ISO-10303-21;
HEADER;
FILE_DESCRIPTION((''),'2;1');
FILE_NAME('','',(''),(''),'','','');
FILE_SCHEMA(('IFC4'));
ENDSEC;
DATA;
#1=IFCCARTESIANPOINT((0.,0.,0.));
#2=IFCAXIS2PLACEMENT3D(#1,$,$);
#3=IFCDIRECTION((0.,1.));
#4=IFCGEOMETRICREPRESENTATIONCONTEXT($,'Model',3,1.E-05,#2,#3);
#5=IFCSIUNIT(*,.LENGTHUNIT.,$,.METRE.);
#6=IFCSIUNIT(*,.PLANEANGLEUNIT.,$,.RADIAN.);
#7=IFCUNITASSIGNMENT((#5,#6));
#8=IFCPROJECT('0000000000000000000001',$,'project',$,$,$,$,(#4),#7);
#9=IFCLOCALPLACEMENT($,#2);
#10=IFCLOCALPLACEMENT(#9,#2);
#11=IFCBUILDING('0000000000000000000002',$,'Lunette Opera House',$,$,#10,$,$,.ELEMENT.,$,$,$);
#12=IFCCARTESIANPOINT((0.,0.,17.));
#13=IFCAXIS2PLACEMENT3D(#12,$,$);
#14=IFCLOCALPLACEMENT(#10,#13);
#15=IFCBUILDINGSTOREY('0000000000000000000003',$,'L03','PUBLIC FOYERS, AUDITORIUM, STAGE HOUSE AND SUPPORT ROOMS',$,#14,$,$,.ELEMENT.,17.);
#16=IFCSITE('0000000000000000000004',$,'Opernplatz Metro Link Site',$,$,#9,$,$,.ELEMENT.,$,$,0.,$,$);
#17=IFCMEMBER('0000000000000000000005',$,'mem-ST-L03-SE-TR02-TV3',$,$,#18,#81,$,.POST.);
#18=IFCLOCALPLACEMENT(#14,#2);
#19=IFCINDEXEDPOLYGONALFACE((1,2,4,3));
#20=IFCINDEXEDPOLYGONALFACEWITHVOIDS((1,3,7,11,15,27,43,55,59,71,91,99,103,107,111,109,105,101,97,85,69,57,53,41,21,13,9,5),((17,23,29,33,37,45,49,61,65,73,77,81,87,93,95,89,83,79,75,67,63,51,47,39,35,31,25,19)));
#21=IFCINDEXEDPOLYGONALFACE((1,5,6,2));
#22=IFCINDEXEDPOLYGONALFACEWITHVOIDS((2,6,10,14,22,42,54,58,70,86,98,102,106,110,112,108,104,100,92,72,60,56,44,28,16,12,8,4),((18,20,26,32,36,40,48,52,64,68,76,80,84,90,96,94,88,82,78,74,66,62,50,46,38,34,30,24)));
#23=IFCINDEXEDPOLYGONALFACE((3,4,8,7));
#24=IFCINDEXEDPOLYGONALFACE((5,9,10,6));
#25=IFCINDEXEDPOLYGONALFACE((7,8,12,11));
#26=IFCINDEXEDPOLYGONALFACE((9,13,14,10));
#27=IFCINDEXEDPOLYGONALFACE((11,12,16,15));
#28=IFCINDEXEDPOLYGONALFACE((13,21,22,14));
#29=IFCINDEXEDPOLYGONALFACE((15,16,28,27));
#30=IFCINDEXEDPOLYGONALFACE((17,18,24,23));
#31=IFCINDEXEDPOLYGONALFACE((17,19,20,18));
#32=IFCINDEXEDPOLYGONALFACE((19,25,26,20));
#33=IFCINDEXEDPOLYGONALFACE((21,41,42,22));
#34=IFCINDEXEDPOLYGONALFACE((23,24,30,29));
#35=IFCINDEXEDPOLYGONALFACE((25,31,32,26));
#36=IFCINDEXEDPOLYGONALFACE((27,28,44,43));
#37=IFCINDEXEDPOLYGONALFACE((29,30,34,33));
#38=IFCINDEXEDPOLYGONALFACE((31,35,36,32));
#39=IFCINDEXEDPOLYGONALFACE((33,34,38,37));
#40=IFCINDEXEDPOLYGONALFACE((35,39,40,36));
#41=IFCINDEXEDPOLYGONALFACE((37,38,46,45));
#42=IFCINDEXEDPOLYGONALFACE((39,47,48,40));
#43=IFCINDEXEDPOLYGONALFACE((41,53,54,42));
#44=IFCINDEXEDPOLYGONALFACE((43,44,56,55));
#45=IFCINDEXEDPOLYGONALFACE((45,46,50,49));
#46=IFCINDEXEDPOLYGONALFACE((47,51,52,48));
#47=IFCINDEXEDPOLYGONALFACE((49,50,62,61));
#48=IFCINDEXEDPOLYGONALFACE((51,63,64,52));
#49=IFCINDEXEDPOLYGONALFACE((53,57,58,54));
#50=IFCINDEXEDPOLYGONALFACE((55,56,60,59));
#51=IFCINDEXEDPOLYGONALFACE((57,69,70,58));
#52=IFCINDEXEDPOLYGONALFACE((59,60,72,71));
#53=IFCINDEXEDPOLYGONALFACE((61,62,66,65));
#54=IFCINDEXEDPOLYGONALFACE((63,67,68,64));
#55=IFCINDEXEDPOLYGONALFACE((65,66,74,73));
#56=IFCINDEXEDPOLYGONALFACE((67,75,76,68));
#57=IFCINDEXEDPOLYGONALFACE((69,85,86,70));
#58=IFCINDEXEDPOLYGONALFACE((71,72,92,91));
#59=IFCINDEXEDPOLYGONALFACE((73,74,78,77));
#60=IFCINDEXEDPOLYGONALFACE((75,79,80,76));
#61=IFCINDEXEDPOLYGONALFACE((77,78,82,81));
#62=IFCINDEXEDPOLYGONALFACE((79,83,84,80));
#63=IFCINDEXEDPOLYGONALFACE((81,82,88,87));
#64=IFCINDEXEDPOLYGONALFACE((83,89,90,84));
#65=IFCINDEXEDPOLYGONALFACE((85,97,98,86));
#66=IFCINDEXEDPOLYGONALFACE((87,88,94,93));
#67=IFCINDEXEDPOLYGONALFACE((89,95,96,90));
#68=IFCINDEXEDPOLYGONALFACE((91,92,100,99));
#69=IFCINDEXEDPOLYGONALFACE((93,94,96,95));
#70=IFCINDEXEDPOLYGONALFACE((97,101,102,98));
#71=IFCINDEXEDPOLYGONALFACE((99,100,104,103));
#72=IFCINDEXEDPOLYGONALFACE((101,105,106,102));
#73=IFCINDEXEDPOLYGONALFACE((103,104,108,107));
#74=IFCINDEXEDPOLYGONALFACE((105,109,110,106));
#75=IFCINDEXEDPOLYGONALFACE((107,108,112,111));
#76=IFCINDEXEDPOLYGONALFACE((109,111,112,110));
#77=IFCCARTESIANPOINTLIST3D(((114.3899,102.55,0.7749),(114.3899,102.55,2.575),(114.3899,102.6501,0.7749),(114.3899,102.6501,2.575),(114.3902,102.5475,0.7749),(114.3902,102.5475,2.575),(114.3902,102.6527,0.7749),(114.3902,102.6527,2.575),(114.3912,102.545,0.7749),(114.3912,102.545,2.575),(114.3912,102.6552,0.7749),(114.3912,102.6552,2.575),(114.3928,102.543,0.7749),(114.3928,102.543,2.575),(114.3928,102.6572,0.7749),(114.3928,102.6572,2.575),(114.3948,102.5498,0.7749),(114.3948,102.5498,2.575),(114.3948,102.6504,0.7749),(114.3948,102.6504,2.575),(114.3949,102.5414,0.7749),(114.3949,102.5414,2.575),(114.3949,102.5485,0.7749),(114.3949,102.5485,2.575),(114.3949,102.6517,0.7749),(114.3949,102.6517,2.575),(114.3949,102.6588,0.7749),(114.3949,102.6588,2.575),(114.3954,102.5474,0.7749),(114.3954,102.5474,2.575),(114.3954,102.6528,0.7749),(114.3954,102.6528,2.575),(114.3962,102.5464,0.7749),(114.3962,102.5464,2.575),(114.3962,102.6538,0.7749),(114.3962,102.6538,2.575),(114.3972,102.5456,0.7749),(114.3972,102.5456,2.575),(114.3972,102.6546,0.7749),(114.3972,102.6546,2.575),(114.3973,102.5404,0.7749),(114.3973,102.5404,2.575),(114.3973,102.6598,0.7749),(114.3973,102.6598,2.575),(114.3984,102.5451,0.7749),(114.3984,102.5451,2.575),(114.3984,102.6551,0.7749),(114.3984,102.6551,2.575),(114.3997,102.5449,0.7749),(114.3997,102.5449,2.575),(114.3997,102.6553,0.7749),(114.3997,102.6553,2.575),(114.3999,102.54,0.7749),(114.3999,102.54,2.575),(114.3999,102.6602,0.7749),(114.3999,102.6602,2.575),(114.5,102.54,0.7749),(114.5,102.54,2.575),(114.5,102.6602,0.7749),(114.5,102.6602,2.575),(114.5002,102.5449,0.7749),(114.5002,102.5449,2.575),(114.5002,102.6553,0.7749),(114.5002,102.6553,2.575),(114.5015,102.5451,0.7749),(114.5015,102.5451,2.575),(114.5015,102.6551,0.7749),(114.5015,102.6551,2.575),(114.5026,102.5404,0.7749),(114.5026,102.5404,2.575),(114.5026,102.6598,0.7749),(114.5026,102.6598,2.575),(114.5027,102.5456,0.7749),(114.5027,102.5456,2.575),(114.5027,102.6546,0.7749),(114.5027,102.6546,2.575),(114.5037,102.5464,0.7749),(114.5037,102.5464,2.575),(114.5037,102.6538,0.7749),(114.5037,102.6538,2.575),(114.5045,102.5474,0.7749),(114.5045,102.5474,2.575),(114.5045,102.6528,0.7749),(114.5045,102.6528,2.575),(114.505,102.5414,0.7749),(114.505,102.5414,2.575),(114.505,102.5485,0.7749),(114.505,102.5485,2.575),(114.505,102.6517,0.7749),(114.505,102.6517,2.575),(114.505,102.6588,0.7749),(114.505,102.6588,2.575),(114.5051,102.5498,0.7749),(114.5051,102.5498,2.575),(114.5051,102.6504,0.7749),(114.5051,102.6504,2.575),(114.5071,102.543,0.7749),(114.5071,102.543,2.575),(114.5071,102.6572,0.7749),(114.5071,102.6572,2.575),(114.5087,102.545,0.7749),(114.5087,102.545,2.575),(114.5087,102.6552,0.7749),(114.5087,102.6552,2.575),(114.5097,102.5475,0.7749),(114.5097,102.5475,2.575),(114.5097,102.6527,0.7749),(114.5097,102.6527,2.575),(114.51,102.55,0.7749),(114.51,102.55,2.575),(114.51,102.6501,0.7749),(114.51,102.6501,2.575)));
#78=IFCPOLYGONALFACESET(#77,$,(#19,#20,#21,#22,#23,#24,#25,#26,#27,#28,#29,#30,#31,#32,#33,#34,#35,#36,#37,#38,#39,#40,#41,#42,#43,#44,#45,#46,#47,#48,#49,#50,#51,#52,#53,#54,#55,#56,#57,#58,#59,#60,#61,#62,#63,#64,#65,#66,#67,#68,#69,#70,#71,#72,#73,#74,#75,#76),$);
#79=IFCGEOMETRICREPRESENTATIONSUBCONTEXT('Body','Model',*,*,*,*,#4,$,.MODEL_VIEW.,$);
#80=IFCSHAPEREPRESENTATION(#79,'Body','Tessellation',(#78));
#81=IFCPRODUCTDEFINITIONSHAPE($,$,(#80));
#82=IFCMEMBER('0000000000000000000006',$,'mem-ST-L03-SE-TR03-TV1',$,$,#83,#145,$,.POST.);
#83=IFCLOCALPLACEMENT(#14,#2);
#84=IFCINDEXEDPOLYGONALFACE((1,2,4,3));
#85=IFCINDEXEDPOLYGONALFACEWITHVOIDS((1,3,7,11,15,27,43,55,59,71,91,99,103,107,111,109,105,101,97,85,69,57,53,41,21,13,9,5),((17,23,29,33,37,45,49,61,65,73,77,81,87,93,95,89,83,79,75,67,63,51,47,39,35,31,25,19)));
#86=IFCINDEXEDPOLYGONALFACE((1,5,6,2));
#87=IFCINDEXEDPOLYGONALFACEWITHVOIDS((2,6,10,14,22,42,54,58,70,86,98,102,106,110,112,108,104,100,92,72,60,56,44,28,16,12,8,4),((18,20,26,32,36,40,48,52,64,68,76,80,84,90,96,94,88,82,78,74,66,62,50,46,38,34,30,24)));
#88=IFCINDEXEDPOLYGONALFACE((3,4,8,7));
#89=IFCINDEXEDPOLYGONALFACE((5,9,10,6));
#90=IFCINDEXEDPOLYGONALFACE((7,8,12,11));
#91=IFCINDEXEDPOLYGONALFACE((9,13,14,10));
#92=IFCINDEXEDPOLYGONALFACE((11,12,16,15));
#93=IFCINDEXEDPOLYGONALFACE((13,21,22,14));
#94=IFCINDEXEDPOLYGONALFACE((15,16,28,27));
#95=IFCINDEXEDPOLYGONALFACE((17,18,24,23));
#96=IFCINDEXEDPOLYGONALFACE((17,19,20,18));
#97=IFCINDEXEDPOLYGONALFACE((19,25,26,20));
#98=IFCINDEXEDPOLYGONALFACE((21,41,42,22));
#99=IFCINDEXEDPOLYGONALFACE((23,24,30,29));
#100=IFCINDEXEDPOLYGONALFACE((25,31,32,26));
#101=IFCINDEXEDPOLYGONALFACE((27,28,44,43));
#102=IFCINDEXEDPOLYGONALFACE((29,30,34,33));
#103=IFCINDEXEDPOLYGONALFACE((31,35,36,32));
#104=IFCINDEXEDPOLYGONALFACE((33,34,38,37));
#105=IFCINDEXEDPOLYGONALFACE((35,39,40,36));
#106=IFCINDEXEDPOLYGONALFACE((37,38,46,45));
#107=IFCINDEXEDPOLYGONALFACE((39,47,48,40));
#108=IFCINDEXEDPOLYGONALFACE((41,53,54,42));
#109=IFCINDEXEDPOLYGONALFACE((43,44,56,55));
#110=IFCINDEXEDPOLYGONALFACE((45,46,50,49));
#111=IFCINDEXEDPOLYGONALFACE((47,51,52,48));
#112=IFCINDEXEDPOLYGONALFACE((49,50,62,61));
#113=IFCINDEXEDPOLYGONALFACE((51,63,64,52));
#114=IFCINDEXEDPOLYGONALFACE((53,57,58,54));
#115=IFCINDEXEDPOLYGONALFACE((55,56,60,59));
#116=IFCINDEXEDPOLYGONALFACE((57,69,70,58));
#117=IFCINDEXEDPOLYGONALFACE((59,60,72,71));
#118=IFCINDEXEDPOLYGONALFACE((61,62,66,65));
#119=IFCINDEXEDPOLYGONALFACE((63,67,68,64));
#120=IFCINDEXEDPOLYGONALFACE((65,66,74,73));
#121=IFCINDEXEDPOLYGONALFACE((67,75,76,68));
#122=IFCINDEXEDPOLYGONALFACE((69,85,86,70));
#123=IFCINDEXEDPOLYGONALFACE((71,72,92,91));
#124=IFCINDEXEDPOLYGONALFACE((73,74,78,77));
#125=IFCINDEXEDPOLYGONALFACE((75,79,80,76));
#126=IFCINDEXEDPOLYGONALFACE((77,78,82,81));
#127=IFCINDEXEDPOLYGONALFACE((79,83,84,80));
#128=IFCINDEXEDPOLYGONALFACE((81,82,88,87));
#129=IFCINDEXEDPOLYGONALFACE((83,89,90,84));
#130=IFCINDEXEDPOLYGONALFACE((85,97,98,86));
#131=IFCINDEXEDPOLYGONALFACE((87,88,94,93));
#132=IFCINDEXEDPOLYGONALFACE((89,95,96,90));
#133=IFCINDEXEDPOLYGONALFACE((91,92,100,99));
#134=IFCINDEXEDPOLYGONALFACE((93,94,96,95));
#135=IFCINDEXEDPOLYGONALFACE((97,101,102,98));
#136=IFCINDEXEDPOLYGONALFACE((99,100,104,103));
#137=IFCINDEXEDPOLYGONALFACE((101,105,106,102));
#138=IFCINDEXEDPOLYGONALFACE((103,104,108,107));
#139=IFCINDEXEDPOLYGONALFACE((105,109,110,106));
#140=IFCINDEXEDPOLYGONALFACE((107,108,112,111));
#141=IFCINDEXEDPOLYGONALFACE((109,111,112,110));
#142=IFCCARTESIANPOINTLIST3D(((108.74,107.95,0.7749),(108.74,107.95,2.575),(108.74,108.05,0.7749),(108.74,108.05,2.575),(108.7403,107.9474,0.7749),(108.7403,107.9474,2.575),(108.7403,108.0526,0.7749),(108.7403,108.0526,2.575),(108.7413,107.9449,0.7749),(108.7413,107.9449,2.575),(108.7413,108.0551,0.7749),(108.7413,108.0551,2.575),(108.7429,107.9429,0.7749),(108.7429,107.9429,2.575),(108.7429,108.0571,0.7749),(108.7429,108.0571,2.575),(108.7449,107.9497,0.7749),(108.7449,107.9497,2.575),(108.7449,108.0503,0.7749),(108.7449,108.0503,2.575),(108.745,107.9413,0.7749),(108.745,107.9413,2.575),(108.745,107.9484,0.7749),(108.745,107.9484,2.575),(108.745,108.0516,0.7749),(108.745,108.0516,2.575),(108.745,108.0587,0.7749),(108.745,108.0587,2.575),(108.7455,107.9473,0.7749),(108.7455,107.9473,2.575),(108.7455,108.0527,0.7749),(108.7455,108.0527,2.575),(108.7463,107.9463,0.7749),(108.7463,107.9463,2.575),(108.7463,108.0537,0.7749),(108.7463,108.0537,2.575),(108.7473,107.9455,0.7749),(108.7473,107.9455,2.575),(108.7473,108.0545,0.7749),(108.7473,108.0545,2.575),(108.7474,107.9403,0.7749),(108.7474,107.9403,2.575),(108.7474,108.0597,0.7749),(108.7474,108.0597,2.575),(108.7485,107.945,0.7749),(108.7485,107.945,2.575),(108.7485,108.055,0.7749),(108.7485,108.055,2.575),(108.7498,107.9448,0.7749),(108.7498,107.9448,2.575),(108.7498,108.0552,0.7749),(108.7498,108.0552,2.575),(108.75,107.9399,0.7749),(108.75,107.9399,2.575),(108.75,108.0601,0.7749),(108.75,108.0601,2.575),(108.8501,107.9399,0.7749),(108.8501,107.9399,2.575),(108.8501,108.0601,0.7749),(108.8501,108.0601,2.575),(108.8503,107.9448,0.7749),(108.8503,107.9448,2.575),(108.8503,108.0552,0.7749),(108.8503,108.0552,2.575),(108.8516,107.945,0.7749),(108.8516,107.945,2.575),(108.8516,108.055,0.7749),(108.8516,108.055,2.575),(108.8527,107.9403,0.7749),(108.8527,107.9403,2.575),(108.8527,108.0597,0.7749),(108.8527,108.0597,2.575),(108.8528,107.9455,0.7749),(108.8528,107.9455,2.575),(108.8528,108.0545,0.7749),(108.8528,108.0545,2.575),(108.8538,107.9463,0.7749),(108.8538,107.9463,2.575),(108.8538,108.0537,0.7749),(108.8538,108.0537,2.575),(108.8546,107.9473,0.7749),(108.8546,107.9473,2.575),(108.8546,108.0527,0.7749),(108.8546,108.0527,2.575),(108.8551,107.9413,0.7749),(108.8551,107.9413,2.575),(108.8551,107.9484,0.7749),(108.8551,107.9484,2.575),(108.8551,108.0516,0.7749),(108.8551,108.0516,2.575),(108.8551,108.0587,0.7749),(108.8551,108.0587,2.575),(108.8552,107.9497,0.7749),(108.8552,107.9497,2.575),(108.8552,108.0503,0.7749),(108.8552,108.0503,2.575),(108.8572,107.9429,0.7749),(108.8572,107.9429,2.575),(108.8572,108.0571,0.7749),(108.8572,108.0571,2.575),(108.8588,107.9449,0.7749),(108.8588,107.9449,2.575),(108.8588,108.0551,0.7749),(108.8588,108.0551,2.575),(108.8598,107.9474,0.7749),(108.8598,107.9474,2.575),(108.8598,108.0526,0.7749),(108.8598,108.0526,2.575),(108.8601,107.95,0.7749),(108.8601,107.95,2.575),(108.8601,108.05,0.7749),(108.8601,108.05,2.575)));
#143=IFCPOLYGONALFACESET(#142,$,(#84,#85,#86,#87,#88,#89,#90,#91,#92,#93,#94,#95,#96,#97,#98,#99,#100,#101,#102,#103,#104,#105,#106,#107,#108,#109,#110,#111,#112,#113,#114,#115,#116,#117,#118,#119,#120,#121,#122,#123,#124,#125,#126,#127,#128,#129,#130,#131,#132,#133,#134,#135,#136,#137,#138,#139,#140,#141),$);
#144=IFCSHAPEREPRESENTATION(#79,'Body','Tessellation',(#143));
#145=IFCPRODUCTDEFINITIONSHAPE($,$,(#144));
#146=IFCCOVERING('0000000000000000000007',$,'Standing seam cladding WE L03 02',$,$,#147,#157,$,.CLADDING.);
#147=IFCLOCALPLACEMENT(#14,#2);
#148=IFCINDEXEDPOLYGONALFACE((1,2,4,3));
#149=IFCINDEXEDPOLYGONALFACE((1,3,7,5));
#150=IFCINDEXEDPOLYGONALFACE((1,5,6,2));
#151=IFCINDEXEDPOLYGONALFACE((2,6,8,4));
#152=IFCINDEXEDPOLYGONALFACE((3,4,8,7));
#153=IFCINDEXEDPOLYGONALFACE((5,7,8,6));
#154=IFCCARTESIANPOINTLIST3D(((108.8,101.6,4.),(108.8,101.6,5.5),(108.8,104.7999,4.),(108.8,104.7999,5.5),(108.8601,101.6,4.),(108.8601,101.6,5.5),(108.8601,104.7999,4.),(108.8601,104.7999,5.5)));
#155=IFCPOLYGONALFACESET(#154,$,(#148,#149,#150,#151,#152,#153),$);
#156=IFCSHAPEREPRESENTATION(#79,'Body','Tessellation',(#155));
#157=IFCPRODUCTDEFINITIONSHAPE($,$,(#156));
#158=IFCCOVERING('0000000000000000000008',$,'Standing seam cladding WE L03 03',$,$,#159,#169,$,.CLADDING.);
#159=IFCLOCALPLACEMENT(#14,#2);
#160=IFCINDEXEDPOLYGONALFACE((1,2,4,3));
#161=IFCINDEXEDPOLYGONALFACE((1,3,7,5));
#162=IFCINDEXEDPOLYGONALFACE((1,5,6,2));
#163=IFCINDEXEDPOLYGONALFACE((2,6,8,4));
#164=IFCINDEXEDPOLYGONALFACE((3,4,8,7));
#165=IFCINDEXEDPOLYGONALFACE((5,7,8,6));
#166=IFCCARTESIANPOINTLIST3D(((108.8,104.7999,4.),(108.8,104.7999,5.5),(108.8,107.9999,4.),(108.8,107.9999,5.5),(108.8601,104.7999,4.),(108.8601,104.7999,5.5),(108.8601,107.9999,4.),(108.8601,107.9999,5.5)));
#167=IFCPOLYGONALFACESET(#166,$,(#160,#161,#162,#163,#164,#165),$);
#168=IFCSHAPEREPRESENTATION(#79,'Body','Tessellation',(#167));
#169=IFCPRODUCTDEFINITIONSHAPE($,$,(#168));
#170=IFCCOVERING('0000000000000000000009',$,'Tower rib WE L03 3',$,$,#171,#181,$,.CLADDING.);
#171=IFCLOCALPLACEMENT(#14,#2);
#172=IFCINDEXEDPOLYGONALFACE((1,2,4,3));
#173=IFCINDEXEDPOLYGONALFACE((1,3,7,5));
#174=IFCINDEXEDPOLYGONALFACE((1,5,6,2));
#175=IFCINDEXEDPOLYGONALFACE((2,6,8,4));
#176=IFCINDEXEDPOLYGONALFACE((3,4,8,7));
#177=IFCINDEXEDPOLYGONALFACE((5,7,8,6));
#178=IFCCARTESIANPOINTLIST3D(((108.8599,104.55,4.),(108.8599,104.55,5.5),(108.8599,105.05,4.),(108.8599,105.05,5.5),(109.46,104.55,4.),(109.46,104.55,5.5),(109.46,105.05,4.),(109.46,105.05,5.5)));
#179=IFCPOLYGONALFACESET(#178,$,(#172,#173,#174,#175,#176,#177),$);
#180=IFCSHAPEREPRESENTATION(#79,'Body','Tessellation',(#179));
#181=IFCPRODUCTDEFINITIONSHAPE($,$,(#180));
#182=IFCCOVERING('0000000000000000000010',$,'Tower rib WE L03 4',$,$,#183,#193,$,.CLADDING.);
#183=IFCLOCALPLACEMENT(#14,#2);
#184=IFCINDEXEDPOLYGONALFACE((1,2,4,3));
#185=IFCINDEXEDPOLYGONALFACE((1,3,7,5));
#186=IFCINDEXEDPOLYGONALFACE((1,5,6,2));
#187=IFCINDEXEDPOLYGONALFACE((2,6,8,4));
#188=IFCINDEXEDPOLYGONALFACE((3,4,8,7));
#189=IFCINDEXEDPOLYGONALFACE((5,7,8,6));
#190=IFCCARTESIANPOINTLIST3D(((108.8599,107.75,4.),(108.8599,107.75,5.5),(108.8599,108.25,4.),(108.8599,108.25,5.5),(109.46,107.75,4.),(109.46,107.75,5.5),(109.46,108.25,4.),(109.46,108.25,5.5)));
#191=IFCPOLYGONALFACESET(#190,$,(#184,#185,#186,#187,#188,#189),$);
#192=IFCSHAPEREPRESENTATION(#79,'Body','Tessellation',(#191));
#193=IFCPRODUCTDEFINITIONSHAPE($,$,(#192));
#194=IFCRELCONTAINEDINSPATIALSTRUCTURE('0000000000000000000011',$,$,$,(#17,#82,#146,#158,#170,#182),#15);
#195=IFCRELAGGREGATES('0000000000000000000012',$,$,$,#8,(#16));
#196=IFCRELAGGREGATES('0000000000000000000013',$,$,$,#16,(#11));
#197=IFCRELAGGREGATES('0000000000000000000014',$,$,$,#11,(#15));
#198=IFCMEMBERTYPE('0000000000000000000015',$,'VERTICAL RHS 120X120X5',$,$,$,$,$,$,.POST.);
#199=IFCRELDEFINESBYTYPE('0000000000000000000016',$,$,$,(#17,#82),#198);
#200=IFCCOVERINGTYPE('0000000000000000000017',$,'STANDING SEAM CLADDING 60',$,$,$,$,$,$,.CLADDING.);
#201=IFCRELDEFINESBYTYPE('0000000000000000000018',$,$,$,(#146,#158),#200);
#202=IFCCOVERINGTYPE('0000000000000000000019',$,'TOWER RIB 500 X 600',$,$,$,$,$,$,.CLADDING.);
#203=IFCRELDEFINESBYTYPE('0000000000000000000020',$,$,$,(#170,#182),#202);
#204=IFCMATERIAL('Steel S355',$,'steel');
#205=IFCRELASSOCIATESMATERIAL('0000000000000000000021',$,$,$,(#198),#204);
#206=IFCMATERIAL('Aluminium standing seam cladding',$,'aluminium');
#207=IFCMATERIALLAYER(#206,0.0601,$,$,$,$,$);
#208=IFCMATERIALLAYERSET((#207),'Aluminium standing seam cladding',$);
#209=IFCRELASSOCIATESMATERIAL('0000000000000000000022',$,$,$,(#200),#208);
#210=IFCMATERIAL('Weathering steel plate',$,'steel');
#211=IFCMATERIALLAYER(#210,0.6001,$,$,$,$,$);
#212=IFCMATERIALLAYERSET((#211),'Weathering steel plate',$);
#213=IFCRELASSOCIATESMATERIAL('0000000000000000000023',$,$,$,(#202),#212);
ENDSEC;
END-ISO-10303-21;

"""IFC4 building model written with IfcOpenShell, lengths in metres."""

from ifc_helpers import new_model, si_unit, direction, frame, origin, origin_2d, place, context, subcontext, project, spatial, rectangle, hollow_rectangle, extrude, material, layer, layer_set, material_profile, profile_set, type_object, element, save


model = new_model("IFC4")

# Units and contexts
model_context = context("Model", 3, precision=1e-05, world=origin(), true_north=direction((0.0, 1.0)))
body_context = subcontext(model_context, "Body", "Model", "MODEL_VIEW")
ifc_project = project(units=[si_unit("LENGTHUNIT", "METRE"), si_unit("PLANEANGLEUNIT", "RADIAN")], contexts=[model_context])

# Site, building, storey
site_placement = place(None, origin())
site = spatial("IfcSite", under=ifc_project, at=site_placement, Name="Opernplatz Metro Link Site", CompositionType="ELEMENT", RefElevation=0.0)
building_placement = place(site_placement, origin())
building = spatial("IfcBuilding", under=site, at=building_placement, Name="Lunette Opera House", CompositionType="ELEMENT")
storey_placement = place(building_placement, frame((0.0, 0.0, 17.0)))
storey = spatial("IfcBuildingStorey", under=building, at=storey_placement, Name="L03", Description="PUBLIC FOYERS, AUDITORIUM, STAGE HOUSE AND SUPPORT ROOMS", CompositionType="ELEMENT", Elevation=17.0)

# Members
ifc_material_1 = material(Name="Steel S355", Category="steel")
ifc_material_profile_1 = material_profile(ifc_material_1, hollow_rectangle(XDim=0.1201, YDim=0.1201, WallThickness=0.0049, InnerFilletRadius=0.0049, OuterFilletRadius=0.01, at=origin_2d()), Name="RHS 120X120X5")
ifc_profile_set_1 = profile_set([ifc_material_profile_1], Name="Steel S355")
member_type_1 = type_object("IfcMemberType", Name="VERTICAL RHS 120X120X5", PredefinedType="POST", material=ifc_profile_set_1)
for number, where, z_axis, x_axis, name in (
    (1, (114.45, 102.6001, 0.7749), (0.0, 0.0, 1.0), (1.0, 0.0, 0.0), "mem-ST-L03-SE-TR02-TV3"),
    (2, (108.8, 108.0, 0.7749), (0.0, 0.0, 1.0), (1.0, 0.0, 0.0), "mem-ST-L03-SE-TR03-TV1"),
):
    element("IfcMember", number, at=place(storey_placement, frame(where, z_axis=z_axis, x_axis=x_axis)), inside=storey, type_object=member_type_1, Name=name, PredefinedType="POST", context=body_context, shape_type="SweptSolid", body=[
        extrude(hollow_rectangle(XDim=0.1201, YDim=0.1201, WallThickness=0.0049, InnerFilletRadius=0.0049, OuterFilletRadius=0.01, at=origin_2d()), origin(), (0.0, 0.0, 1.0), 1.8),
    ])

# Coverings
ifc_material_2 = material(Name="Aluminium standing seam cladding", Category="aluminium")
ifc_layer_1 = layer(ifc_material_2, 0.0601)
ifc_layer_set_1 = layer_set([ifc_layer_1], Name="Aluminium standing seam cladding")
covering_type_1 = type_object("IfcCoveringType", Name="STANDING SEAM CLADDING 60", PredefinedType="CLADDING", material=ifc_layer_set_1)
for number, where, z_axis, x_axis, name in (
    (3, (108.8301, 103.2, 4.0), (0.0, 0.0, 1.0), (0.0, 1.0, 0.0), "Standing seam cladding WE L03 02"),
    (4, (108.8301, 106.3999, 4.0), (0.0, 0.0, 1.0), (0.0, 1.0, 0.0), "Standing seam cladding WE L03 03"),
):
    element("IfcCovering", number, at=place(storey_placement, frame(where, z_axis=z_axis, x_axis=x_axis)), inside=storey, type_object=covering_type_1, Name=name, PredefinedType="CLADDING", context=body_context, shape_type="SweptSolid", body=[
        extrude(rectangle(XDim=3.2, YDim=0.0601, at=origin_2d()), origin(), (0.0, 0.0, 1.0), 1.5),
    ])
ifc_material_3 = material(Name="Weathering steel plate", Category="steel")
ifc_layer_2 = layer(ifc_material_3, 0.6001)
ifc_layer_set_2 = layer_set([ifc_layer_2], Name="Weathering steel plate")
covering_type_2 = type_object("IfcCoveringType", Name="TOWER RIB 500 X 600", PredefinedType="CLADDING", material=ifc_layer_set_2)
for number, where, z_axis, x_axis, name in (
    (5, (109.1599, 104.8, 4.0), (0.0, 0.0, 1.0), (0.0, 1.0, 0.0), "Tower rib WE L03 3"),
    (6, (109.1599, 108.0, 4.0), (0.0, 0.0, 1.0), (0.0, 1.0, 0.0), "Tower rib WE L03 4"),
):
    element("IfcCovering", number, at=place(storey_placement, frame(where, z_axis=z_axis, x_axis=x_axis)), inside=storey, type_object=covering_type_2, Name=name, PredefinedType="CLADDING", context=body_context, shape_type="SweptSolid", body=[
        extrude(rectangle(XDim=0.5, YDim=0.6001, at=origin_2d()), origin(), (0.0, 0.0, 1.0), 1.5),
    ])

save(model, "model.ifc")
